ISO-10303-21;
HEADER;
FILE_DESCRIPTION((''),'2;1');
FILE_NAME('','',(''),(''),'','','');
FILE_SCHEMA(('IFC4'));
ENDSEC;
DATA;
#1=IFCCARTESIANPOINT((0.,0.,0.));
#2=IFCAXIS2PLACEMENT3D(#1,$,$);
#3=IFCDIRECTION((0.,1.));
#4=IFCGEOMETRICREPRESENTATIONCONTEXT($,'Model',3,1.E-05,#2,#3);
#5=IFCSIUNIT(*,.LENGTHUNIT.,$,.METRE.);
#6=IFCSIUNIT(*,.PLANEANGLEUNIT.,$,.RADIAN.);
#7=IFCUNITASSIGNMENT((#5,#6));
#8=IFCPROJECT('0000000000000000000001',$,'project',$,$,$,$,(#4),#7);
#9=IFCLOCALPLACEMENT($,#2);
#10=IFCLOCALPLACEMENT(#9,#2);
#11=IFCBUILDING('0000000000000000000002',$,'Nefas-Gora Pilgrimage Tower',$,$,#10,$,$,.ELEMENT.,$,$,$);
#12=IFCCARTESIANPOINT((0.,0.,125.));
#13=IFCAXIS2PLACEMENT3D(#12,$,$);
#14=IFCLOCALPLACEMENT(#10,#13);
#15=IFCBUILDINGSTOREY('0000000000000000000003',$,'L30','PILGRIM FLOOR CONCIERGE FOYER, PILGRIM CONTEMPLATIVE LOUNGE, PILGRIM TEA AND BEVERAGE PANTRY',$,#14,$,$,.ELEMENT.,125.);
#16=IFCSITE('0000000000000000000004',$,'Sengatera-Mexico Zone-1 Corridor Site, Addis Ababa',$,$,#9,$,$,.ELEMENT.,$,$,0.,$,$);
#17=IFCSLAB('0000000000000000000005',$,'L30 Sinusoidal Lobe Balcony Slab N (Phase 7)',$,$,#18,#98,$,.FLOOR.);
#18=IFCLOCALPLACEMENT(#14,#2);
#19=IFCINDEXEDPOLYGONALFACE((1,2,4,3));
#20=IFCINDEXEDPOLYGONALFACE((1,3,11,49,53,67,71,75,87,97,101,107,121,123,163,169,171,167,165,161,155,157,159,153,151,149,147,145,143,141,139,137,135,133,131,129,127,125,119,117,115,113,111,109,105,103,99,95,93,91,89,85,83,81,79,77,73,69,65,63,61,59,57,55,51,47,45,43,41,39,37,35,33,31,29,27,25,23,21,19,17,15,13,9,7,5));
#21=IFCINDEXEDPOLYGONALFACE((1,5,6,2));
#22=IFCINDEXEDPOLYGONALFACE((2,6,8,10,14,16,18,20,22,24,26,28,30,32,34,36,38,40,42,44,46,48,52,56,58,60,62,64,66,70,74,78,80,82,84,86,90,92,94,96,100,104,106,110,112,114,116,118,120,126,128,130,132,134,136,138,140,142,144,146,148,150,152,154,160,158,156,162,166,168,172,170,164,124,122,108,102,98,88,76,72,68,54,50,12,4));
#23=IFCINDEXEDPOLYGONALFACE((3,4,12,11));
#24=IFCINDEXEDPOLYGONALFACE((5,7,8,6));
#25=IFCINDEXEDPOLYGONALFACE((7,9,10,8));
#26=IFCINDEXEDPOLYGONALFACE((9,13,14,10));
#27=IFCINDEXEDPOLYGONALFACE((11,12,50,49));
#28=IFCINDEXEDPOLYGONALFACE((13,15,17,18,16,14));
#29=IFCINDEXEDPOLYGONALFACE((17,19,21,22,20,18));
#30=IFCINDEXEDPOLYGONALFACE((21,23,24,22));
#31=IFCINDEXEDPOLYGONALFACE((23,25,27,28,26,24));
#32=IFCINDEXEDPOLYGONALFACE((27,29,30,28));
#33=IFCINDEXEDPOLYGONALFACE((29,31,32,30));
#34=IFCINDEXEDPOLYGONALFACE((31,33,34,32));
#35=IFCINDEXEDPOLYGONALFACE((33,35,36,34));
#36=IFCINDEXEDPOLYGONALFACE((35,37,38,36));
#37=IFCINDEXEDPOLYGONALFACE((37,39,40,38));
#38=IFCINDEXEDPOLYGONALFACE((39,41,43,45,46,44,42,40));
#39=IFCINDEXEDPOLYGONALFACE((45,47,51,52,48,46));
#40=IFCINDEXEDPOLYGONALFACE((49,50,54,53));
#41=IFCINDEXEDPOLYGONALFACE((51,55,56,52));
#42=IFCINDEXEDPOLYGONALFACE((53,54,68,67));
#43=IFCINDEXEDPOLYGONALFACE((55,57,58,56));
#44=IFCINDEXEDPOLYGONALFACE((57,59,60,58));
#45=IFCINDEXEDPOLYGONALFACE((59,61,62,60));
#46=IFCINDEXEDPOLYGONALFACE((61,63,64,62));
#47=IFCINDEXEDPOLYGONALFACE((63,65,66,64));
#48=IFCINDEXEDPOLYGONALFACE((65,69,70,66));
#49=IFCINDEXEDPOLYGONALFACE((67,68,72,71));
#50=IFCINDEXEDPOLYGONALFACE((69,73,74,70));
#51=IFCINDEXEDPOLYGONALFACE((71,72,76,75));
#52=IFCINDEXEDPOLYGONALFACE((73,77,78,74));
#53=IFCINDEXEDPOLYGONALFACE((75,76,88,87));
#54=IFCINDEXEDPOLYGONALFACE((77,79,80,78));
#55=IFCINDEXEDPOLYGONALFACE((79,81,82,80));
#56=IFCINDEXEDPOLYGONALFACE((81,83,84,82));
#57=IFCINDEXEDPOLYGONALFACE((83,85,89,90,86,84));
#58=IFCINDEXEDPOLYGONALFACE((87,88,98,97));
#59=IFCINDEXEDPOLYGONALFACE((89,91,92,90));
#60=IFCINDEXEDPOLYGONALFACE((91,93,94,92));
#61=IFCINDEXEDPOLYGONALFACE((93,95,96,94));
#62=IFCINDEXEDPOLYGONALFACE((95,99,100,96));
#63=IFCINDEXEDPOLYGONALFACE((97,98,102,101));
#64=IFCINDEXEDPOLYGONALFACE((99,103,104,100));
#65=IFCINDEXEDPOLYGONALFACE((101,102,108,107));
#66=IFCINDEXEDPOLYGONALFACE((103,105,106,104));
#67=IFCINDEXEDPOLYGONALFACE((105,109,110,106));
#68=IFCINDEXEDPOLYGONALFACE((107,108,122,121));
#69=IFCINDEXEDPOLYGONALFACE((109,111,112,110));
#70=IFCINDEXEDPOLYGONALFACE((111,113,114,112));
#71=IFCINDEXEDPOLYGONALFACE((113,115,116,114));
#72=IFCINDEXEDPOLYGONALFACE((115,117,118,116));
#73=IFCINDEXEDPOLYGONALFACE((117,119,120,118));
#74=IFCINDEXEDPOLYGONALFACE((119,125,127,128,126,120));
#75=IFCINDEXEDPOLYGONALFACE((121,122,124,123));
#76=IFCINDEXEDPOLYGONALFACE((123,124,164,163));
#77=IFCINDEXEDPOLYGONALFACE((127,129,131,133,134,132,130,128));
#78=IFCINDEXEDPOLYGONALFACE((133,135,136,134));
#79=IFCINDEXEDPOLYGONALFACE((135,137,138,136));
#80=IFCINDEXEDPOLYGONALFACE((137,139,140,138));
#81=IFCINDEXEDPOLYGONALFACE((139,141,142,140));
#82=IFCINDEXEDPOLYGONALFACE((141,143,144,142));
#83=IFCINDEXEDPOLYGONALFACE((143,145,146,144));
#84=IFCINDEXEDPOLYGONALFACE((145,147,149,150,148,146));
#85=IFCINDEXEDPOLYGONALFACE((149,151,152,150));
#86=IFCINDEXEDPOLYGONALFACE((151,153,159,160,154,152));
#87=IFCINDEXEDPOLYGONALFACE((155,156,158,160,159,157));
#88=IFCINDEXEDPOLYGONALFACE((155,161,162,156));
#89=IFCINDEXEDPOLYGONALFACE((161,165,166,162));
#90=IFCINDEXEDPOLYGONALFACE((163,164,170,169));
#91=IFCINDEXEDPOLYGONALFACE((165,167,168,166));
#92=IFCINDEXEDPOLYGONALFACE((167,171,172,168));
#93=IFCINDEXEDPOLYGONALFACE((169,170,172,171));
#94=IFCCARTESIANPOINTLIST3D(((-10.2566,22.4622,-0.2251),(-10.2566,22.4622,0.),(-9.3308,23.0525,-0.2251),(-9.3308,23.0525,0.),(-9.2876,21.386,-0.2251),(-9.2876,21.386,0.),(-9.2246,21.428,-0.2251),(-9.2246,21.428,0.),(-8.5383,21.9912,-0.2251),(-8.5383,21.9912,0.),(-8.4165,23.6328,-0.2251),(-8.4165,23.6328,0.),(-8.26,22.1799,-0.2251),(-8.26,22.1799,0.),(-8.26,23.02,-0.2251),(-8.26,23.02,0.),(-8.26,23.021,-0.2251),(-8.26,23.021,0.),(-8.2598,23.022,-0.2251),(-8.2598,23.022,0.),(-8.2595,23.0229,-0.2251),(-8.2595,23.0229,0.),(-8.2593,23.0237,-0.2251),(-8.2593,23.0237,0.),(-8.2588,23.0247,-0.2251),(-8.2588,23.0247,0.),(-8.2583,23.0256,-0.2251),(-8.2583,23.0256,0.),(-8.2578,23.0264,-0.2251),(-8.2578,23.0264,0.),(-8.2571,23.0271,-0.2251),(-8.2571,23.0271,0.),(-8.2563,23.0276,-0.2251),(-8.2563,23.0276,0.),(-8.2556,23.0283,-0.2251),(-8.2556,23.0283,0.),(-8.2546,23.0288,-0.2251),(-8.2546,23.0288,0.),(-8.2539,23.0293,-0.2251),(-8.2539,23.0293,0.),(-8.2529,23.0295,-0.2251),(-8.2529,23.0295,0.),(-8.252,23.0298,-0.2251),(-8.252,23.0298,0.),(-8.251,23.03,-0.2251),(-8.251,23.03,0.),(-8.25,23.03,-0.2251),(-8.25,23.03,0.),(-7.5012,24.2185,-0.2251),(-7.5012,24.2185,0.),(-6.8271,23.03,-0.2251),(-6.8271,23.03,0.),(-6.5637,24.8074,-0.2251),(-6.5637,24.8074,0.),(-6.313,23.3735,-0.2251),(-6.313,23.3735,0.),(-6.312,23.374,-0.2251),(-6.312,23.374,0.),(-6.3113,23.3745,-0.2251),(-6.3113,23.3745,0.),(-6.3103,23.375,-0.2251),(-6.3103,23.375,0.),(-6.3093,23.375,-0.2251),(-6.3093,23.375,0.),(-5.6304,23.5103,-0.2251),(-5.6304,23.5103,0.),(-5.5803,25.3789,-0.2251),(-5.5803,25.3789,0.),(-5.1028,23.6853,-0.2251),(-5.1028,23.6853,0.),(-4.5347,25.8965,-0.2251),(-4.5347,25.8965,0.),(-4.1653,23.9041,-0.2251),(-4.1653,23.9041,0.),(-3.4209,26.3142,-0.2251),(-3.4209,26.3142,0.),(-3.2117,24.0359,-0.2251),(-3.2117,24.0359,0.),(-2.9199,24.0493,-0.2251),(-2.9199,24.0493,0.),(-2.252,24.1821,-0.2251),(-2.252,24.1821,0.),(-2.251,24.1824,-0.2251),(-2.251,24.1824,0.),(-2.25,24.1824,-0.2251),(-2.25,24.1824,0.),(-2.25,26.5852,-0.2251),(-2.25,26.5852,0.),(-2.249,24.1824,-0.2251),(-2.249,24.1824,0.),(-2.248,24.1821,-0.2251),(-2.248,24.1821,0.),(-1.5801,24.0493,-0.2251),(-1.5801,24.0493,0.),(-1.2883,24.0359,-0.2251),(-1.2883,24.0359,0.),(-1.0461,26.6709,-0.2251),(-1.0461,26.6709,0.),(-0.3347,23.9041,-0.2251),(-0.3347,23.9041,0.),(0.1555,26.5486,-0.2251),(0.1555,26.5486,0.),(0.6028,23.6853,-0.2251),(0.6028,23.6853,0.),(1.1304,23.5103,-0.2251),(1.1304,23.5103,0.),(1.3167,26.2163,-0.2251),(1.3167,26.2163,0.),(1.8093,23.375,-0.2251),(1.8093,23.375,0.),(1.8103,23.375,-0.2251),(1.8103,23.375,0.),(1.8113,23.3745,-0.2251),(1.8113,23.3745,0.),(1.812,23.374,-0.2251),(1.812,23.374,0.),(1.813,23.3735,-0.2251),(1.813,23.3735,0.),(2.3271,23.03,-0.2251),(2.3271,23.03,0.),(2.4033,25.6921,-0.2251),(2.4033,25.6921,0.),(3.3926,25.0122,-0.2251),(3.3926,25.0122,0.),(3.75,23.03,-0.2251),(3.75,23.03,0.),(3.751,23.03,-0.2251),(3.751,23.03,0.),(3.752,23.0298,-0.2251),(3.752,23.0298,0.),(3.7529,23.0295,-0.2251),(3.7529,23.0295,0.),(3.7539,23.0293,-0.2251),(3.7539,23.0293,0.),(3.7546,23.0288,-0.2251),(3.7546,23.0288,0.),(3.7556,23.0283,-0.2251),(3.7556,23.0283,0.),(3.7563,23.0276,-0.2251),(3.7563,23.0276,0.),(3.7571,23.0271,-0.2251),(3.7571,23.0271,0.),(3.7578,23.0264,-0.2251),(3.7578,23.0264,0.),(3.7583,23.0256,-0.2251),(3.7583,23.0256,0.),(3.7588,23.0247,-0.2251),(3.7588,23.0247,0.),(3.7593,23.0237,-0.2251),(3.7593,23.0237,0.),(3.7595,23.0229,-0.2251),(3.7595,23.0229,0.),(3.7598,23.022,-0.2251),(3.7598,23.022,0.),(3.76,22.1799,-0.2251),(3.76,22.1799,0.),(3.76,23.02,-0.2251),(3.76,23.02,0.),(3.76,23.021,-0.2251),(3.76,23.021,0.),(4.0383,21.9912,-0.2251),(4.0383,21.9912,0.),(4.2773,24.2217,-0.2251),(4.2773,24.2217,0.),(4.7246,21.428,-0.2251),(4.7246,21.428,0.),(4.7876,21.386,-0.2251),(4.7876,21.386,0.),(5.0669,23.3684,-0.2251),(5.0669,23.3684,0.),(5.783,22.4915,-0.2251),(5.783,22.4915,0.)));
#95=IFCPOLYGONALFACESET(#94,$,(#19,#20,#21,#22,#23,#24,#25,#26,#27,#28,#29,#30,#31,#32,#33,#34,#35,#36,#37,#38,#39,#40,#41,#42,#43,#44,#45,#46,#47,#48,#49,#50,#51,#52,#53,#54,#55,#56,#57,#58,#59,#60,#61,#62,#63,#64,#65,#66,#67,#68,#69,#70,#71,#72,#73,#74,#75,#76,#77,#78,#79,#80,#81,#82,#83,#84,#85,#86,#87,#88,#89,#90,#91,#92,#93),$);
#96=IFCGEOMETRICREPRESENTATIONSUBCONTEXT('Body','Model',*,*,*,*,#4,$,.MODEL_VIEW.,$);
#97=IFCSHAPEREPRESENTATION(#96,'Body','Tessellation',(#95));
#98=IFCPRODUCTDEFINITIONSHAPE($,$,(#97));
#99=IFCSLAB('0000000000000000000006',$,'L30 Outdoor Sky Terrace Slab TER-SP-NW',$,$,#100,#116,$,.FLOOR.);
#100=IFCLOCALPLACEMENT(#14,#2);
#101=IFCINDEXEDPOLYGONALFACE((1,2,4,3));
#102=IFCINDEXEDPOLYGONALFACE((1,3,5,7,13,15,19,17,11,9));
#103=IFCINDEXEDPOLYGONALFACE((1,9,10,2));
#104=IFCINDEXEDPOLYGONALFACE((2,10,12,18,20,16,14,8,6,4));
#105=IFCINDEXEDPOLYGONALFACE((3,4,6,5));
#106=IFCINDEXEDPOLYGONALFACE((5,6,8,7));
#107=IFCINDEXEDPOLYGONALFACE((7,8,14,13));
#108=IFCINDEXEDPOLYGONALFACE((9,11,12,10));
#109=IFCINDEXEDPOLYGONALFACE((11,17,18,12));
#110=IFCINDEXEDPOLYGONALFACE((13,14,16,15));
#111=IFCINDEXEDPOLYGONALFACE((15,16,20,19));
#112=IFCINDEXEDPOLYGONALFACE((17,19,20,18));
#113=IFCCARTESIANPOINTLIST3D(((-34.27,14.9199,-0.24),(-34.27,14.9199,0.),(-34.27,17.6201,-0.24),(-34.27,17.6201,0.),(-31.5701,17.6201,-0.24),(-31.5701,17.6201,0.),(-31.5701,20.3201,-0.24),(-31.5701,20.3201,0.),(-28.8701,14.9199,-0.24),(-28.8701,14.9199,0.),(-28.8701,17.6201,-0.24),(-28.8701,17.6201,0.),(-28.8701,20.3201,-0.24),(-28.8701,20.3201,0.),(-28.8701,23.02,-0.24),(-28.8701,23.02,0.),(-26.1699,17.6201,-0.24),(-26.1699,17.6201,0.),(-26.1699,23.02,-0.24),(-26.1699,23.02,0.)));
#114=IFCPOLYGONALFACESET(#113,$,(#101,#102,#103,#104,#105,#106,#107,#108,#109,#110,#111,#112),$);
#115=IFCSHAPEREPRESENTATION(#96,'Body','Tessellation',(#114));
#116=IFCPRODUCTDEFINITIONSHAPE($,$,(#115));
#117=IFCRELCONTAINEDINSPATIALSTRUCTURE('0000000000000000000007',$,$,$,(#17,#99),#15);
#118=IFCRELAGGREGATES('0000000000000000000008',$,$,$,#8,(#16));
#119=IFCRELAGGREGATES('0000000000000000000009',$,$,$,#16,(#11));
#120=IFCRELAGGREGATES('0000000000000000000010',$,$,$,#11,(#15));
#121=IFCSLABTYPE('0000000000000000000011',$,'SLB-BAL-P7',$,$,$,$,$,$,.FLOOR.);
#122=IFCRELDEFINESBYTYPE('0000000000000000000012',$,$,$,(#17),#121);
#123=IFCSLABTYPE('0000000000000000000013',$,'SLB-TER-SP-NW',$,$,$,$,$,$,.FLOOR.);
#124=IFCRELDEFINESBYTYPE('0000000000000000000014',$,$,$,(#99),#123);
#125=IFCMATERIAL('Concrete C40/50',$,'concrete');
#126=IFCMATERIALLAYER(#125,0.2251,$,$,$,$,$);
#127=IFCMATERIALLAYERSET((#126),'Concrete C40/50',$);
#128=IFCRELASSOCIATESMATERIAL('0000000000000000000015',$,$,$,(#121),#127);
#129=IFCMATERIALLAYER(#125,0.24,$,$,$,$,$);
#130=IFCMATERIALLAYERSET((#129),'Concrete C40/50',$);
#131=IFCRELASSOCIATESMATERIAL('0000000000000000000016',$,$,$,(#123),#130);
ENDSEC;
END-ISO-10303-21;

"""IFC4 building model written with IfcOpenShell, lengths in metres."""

from ifc_helpers import new_model, si_unit, direction, frame, origin, place, context, subcontext, project, spatial, polyline, outline, extrude, material, layer, layer_set, type_object, element, save


model = new_model("IFC4")

# Units and contexts
model_context = context("Model", 3, precision=1e-05, world=origin(), true_north=direction((0.0, 1.0)))
body_context = subcontext(model_context, "Body", "Model", "MODEL_VIEW")
ifc_project = project(units=[si_unit("LENGTHUNIT", "METRE"), si_unit("PLANEANGLEUNIT", "RADIAN")], contexts=[model_context])

# Site, building, storey
site_placement = place(None, origin())
site = spatial("IfcSite", under=ifc_project, at=site_placement, Name="Sengatera-Mexico Zone-1 Corridor Site, Addis Ababa", CompositionType="ELEMENT", RefElevation=0.0)
building_placement = place(site_placement, origin())
building = spatial("IfcBuilding", under=site, at=building_placement, Name="Nefas-Gora Pilgrimage Tower", CompositionType="ELEMENT")
storey_placement = place(building_placement, frame((0.0, 0.0, 125.0)))
storey = spatial("IfcBuildingStorey", under=building, at=storey_placement, Name="L30", Description="PILGRIM FLOOR CONCIERGE FOYER, PILGRIM CONTEMPLATIVE LOUNGE, PILGRIM TEA AND BEVERAGE PANTRY", CompositionType="ELEMENT", Elevation=125.0)

# Slabs
ifc_material_1 = material(Name="Concrete C40/50", Category="concrete")
ifc_layer_1 = layer(ifc_material_1, 0.2251)
ifc_layer_set_1 = layer_set([ifc_layer_1], Name="Concrete C40/50")
slab_type_1 = type_object("IfcSlabType", Name="SLB-BAL-P7", PredefinedType="FLOOR", material=ifc_layer_set_1)
slab_1_placement = place(storey_placement, frame((0.0, 0.0, -0.2251)))
element("IfcSlab", 1, at=slab_1_placement, inside=storey, type_object=slab_type_1, Name="L30 Sinusoidal Lobe Balcony Slab N (Phase 7)", PredefinedType="FLOOR", context=body_context, shape_type="SweptSolid", body=[
    extrude(outline(polyline([(-9.2876, 21.386), (-9.2246, 21.428), (-8.5383, 21.9912), (-8.26, 22.1799), (-8.26, 23.02), (-8.26, 23.021), (-8.2598, 23.022), (-8.2595, 23.0229), (-8.2593, 23.0237), (-8.2588, 23.0247), (-8.2583, 23.0256), (-8.2578, 23.0264), (-8.2571, 23.0271), (-8.2563, 23.0276), (-8.2556, 23.0283), (-8.2546, 23.0288), (-8.2539, 23.0293), (-8.2529, 23.0295), (-8.252, 23.0298), (-8.251, 23.03), (-8.25, 23.03), (-6.8271, 23.03), (-6.313, 23.3735), (-6.312, 23.374), (-6.3113, 23.3745), (-6.3103, 23.375), (-6.3093, 23.375), (-5.6304, 23.5103), (-5.1028, 23.6853), (-4.1653, 23.9041), (-3.2117, 24.0359), (-2.9199, 24.0493), (-2.252, 24.1821), (-2.251, 24.1824), (-2.25, 24.1824), (-2.249, 24.1824), (-2.248, 24.1821), (-1.5801, 24.0493), (-1.2883, 24.0359), (-0.3347, 23.9041), (0.6028, 23.6853), (1.1304, 23.5103), (1.8093, 23.375), (1.8103, 23.375), (1.8113, 23.3745), (1.812, 23.374), (1.813, 23.3735), (2.3271, 23.03), (3.75, 23.03), (3.751, 23.03), (3.752, 23.0298), (3.7529, 23.0295), (3.7539, 23.0293), (3.7546, 23.0288), (3.7556, 23.0283), (3.7563, 23.0276), (3.7571, 23.0271), (3.7578, 23.0264), (3.7583, 23.0256), (3.7588, 23.0247), (3.7593, 23.0237), (3.7595, 23.0229), (3.7598, 23.022), (3.76, 23.021), (3.76, 23.02), (3.76, 22.1799), (4.0383, 21.9912), (4.7246, 21.428), (4.7876, 21.386), (5.783, 22.4915), (5.0669, 23.3684), (4.2773, 24.2217), (3.3926, 25.0122), (2.4033, 25.6921), (1.3167, 26.2163), (0.1555, 26.5486), (-1.0461, 26.6709), (-2.25, 26.5852), (-3.4209, 26.3142), (-4.5347, 25.8965), (-5.5803, 25.3789), (-6.5637, 24.8074), (-7.5012, 24.2185), (-8.4165, 23.6328), (-9.3308, 23.0525), (-10.2566, 22.4622), (-9.2876, 21.386)])), origin(), (0.0, 0.0, 1.0), 0.2251),
])
ifc_layer_2 = layer(ifc_material_1, 0.24)
ifc_layer_set_2 = layer_set([ifc_layer_2], Name="Concrete C40/50")
slab_type_2 = type_object("IfcSlabType", Name="SLB-TER-SP-NW", PredefinedType="FLOOR", material=ifc_layer_set_2)
slab_2_placement = place(storey_placement, frame((0.0, 0.0, -0.24)))
element("IfcSlab", 2, at=slab_2_placement, inside=storey, type_object=slab_type_2, Name="L30 Outdoor Sky Terrace Slab TER-SP-NW", PredefinedType="FLOOR", context=body_context, shape_type="SweptSolid", body=[
    extrude(outline(polyline([(-34.27, 14.9199), (-28.8701, 14.9199), (-28.8701, 17.6201), (-26.1699, 17.6201), (-26.1699, 23.02), (-28.8701, 23.02), (-28.8701, 20.3201), (-31.5701, 20.3201), (-31.5701, 17.6201), (-34.27, 17.6201), (-34.27, 14.9199)])), origin(), (0.0, 0.0, 1.0), 0.24),
])

save(model, "model.ifc")
